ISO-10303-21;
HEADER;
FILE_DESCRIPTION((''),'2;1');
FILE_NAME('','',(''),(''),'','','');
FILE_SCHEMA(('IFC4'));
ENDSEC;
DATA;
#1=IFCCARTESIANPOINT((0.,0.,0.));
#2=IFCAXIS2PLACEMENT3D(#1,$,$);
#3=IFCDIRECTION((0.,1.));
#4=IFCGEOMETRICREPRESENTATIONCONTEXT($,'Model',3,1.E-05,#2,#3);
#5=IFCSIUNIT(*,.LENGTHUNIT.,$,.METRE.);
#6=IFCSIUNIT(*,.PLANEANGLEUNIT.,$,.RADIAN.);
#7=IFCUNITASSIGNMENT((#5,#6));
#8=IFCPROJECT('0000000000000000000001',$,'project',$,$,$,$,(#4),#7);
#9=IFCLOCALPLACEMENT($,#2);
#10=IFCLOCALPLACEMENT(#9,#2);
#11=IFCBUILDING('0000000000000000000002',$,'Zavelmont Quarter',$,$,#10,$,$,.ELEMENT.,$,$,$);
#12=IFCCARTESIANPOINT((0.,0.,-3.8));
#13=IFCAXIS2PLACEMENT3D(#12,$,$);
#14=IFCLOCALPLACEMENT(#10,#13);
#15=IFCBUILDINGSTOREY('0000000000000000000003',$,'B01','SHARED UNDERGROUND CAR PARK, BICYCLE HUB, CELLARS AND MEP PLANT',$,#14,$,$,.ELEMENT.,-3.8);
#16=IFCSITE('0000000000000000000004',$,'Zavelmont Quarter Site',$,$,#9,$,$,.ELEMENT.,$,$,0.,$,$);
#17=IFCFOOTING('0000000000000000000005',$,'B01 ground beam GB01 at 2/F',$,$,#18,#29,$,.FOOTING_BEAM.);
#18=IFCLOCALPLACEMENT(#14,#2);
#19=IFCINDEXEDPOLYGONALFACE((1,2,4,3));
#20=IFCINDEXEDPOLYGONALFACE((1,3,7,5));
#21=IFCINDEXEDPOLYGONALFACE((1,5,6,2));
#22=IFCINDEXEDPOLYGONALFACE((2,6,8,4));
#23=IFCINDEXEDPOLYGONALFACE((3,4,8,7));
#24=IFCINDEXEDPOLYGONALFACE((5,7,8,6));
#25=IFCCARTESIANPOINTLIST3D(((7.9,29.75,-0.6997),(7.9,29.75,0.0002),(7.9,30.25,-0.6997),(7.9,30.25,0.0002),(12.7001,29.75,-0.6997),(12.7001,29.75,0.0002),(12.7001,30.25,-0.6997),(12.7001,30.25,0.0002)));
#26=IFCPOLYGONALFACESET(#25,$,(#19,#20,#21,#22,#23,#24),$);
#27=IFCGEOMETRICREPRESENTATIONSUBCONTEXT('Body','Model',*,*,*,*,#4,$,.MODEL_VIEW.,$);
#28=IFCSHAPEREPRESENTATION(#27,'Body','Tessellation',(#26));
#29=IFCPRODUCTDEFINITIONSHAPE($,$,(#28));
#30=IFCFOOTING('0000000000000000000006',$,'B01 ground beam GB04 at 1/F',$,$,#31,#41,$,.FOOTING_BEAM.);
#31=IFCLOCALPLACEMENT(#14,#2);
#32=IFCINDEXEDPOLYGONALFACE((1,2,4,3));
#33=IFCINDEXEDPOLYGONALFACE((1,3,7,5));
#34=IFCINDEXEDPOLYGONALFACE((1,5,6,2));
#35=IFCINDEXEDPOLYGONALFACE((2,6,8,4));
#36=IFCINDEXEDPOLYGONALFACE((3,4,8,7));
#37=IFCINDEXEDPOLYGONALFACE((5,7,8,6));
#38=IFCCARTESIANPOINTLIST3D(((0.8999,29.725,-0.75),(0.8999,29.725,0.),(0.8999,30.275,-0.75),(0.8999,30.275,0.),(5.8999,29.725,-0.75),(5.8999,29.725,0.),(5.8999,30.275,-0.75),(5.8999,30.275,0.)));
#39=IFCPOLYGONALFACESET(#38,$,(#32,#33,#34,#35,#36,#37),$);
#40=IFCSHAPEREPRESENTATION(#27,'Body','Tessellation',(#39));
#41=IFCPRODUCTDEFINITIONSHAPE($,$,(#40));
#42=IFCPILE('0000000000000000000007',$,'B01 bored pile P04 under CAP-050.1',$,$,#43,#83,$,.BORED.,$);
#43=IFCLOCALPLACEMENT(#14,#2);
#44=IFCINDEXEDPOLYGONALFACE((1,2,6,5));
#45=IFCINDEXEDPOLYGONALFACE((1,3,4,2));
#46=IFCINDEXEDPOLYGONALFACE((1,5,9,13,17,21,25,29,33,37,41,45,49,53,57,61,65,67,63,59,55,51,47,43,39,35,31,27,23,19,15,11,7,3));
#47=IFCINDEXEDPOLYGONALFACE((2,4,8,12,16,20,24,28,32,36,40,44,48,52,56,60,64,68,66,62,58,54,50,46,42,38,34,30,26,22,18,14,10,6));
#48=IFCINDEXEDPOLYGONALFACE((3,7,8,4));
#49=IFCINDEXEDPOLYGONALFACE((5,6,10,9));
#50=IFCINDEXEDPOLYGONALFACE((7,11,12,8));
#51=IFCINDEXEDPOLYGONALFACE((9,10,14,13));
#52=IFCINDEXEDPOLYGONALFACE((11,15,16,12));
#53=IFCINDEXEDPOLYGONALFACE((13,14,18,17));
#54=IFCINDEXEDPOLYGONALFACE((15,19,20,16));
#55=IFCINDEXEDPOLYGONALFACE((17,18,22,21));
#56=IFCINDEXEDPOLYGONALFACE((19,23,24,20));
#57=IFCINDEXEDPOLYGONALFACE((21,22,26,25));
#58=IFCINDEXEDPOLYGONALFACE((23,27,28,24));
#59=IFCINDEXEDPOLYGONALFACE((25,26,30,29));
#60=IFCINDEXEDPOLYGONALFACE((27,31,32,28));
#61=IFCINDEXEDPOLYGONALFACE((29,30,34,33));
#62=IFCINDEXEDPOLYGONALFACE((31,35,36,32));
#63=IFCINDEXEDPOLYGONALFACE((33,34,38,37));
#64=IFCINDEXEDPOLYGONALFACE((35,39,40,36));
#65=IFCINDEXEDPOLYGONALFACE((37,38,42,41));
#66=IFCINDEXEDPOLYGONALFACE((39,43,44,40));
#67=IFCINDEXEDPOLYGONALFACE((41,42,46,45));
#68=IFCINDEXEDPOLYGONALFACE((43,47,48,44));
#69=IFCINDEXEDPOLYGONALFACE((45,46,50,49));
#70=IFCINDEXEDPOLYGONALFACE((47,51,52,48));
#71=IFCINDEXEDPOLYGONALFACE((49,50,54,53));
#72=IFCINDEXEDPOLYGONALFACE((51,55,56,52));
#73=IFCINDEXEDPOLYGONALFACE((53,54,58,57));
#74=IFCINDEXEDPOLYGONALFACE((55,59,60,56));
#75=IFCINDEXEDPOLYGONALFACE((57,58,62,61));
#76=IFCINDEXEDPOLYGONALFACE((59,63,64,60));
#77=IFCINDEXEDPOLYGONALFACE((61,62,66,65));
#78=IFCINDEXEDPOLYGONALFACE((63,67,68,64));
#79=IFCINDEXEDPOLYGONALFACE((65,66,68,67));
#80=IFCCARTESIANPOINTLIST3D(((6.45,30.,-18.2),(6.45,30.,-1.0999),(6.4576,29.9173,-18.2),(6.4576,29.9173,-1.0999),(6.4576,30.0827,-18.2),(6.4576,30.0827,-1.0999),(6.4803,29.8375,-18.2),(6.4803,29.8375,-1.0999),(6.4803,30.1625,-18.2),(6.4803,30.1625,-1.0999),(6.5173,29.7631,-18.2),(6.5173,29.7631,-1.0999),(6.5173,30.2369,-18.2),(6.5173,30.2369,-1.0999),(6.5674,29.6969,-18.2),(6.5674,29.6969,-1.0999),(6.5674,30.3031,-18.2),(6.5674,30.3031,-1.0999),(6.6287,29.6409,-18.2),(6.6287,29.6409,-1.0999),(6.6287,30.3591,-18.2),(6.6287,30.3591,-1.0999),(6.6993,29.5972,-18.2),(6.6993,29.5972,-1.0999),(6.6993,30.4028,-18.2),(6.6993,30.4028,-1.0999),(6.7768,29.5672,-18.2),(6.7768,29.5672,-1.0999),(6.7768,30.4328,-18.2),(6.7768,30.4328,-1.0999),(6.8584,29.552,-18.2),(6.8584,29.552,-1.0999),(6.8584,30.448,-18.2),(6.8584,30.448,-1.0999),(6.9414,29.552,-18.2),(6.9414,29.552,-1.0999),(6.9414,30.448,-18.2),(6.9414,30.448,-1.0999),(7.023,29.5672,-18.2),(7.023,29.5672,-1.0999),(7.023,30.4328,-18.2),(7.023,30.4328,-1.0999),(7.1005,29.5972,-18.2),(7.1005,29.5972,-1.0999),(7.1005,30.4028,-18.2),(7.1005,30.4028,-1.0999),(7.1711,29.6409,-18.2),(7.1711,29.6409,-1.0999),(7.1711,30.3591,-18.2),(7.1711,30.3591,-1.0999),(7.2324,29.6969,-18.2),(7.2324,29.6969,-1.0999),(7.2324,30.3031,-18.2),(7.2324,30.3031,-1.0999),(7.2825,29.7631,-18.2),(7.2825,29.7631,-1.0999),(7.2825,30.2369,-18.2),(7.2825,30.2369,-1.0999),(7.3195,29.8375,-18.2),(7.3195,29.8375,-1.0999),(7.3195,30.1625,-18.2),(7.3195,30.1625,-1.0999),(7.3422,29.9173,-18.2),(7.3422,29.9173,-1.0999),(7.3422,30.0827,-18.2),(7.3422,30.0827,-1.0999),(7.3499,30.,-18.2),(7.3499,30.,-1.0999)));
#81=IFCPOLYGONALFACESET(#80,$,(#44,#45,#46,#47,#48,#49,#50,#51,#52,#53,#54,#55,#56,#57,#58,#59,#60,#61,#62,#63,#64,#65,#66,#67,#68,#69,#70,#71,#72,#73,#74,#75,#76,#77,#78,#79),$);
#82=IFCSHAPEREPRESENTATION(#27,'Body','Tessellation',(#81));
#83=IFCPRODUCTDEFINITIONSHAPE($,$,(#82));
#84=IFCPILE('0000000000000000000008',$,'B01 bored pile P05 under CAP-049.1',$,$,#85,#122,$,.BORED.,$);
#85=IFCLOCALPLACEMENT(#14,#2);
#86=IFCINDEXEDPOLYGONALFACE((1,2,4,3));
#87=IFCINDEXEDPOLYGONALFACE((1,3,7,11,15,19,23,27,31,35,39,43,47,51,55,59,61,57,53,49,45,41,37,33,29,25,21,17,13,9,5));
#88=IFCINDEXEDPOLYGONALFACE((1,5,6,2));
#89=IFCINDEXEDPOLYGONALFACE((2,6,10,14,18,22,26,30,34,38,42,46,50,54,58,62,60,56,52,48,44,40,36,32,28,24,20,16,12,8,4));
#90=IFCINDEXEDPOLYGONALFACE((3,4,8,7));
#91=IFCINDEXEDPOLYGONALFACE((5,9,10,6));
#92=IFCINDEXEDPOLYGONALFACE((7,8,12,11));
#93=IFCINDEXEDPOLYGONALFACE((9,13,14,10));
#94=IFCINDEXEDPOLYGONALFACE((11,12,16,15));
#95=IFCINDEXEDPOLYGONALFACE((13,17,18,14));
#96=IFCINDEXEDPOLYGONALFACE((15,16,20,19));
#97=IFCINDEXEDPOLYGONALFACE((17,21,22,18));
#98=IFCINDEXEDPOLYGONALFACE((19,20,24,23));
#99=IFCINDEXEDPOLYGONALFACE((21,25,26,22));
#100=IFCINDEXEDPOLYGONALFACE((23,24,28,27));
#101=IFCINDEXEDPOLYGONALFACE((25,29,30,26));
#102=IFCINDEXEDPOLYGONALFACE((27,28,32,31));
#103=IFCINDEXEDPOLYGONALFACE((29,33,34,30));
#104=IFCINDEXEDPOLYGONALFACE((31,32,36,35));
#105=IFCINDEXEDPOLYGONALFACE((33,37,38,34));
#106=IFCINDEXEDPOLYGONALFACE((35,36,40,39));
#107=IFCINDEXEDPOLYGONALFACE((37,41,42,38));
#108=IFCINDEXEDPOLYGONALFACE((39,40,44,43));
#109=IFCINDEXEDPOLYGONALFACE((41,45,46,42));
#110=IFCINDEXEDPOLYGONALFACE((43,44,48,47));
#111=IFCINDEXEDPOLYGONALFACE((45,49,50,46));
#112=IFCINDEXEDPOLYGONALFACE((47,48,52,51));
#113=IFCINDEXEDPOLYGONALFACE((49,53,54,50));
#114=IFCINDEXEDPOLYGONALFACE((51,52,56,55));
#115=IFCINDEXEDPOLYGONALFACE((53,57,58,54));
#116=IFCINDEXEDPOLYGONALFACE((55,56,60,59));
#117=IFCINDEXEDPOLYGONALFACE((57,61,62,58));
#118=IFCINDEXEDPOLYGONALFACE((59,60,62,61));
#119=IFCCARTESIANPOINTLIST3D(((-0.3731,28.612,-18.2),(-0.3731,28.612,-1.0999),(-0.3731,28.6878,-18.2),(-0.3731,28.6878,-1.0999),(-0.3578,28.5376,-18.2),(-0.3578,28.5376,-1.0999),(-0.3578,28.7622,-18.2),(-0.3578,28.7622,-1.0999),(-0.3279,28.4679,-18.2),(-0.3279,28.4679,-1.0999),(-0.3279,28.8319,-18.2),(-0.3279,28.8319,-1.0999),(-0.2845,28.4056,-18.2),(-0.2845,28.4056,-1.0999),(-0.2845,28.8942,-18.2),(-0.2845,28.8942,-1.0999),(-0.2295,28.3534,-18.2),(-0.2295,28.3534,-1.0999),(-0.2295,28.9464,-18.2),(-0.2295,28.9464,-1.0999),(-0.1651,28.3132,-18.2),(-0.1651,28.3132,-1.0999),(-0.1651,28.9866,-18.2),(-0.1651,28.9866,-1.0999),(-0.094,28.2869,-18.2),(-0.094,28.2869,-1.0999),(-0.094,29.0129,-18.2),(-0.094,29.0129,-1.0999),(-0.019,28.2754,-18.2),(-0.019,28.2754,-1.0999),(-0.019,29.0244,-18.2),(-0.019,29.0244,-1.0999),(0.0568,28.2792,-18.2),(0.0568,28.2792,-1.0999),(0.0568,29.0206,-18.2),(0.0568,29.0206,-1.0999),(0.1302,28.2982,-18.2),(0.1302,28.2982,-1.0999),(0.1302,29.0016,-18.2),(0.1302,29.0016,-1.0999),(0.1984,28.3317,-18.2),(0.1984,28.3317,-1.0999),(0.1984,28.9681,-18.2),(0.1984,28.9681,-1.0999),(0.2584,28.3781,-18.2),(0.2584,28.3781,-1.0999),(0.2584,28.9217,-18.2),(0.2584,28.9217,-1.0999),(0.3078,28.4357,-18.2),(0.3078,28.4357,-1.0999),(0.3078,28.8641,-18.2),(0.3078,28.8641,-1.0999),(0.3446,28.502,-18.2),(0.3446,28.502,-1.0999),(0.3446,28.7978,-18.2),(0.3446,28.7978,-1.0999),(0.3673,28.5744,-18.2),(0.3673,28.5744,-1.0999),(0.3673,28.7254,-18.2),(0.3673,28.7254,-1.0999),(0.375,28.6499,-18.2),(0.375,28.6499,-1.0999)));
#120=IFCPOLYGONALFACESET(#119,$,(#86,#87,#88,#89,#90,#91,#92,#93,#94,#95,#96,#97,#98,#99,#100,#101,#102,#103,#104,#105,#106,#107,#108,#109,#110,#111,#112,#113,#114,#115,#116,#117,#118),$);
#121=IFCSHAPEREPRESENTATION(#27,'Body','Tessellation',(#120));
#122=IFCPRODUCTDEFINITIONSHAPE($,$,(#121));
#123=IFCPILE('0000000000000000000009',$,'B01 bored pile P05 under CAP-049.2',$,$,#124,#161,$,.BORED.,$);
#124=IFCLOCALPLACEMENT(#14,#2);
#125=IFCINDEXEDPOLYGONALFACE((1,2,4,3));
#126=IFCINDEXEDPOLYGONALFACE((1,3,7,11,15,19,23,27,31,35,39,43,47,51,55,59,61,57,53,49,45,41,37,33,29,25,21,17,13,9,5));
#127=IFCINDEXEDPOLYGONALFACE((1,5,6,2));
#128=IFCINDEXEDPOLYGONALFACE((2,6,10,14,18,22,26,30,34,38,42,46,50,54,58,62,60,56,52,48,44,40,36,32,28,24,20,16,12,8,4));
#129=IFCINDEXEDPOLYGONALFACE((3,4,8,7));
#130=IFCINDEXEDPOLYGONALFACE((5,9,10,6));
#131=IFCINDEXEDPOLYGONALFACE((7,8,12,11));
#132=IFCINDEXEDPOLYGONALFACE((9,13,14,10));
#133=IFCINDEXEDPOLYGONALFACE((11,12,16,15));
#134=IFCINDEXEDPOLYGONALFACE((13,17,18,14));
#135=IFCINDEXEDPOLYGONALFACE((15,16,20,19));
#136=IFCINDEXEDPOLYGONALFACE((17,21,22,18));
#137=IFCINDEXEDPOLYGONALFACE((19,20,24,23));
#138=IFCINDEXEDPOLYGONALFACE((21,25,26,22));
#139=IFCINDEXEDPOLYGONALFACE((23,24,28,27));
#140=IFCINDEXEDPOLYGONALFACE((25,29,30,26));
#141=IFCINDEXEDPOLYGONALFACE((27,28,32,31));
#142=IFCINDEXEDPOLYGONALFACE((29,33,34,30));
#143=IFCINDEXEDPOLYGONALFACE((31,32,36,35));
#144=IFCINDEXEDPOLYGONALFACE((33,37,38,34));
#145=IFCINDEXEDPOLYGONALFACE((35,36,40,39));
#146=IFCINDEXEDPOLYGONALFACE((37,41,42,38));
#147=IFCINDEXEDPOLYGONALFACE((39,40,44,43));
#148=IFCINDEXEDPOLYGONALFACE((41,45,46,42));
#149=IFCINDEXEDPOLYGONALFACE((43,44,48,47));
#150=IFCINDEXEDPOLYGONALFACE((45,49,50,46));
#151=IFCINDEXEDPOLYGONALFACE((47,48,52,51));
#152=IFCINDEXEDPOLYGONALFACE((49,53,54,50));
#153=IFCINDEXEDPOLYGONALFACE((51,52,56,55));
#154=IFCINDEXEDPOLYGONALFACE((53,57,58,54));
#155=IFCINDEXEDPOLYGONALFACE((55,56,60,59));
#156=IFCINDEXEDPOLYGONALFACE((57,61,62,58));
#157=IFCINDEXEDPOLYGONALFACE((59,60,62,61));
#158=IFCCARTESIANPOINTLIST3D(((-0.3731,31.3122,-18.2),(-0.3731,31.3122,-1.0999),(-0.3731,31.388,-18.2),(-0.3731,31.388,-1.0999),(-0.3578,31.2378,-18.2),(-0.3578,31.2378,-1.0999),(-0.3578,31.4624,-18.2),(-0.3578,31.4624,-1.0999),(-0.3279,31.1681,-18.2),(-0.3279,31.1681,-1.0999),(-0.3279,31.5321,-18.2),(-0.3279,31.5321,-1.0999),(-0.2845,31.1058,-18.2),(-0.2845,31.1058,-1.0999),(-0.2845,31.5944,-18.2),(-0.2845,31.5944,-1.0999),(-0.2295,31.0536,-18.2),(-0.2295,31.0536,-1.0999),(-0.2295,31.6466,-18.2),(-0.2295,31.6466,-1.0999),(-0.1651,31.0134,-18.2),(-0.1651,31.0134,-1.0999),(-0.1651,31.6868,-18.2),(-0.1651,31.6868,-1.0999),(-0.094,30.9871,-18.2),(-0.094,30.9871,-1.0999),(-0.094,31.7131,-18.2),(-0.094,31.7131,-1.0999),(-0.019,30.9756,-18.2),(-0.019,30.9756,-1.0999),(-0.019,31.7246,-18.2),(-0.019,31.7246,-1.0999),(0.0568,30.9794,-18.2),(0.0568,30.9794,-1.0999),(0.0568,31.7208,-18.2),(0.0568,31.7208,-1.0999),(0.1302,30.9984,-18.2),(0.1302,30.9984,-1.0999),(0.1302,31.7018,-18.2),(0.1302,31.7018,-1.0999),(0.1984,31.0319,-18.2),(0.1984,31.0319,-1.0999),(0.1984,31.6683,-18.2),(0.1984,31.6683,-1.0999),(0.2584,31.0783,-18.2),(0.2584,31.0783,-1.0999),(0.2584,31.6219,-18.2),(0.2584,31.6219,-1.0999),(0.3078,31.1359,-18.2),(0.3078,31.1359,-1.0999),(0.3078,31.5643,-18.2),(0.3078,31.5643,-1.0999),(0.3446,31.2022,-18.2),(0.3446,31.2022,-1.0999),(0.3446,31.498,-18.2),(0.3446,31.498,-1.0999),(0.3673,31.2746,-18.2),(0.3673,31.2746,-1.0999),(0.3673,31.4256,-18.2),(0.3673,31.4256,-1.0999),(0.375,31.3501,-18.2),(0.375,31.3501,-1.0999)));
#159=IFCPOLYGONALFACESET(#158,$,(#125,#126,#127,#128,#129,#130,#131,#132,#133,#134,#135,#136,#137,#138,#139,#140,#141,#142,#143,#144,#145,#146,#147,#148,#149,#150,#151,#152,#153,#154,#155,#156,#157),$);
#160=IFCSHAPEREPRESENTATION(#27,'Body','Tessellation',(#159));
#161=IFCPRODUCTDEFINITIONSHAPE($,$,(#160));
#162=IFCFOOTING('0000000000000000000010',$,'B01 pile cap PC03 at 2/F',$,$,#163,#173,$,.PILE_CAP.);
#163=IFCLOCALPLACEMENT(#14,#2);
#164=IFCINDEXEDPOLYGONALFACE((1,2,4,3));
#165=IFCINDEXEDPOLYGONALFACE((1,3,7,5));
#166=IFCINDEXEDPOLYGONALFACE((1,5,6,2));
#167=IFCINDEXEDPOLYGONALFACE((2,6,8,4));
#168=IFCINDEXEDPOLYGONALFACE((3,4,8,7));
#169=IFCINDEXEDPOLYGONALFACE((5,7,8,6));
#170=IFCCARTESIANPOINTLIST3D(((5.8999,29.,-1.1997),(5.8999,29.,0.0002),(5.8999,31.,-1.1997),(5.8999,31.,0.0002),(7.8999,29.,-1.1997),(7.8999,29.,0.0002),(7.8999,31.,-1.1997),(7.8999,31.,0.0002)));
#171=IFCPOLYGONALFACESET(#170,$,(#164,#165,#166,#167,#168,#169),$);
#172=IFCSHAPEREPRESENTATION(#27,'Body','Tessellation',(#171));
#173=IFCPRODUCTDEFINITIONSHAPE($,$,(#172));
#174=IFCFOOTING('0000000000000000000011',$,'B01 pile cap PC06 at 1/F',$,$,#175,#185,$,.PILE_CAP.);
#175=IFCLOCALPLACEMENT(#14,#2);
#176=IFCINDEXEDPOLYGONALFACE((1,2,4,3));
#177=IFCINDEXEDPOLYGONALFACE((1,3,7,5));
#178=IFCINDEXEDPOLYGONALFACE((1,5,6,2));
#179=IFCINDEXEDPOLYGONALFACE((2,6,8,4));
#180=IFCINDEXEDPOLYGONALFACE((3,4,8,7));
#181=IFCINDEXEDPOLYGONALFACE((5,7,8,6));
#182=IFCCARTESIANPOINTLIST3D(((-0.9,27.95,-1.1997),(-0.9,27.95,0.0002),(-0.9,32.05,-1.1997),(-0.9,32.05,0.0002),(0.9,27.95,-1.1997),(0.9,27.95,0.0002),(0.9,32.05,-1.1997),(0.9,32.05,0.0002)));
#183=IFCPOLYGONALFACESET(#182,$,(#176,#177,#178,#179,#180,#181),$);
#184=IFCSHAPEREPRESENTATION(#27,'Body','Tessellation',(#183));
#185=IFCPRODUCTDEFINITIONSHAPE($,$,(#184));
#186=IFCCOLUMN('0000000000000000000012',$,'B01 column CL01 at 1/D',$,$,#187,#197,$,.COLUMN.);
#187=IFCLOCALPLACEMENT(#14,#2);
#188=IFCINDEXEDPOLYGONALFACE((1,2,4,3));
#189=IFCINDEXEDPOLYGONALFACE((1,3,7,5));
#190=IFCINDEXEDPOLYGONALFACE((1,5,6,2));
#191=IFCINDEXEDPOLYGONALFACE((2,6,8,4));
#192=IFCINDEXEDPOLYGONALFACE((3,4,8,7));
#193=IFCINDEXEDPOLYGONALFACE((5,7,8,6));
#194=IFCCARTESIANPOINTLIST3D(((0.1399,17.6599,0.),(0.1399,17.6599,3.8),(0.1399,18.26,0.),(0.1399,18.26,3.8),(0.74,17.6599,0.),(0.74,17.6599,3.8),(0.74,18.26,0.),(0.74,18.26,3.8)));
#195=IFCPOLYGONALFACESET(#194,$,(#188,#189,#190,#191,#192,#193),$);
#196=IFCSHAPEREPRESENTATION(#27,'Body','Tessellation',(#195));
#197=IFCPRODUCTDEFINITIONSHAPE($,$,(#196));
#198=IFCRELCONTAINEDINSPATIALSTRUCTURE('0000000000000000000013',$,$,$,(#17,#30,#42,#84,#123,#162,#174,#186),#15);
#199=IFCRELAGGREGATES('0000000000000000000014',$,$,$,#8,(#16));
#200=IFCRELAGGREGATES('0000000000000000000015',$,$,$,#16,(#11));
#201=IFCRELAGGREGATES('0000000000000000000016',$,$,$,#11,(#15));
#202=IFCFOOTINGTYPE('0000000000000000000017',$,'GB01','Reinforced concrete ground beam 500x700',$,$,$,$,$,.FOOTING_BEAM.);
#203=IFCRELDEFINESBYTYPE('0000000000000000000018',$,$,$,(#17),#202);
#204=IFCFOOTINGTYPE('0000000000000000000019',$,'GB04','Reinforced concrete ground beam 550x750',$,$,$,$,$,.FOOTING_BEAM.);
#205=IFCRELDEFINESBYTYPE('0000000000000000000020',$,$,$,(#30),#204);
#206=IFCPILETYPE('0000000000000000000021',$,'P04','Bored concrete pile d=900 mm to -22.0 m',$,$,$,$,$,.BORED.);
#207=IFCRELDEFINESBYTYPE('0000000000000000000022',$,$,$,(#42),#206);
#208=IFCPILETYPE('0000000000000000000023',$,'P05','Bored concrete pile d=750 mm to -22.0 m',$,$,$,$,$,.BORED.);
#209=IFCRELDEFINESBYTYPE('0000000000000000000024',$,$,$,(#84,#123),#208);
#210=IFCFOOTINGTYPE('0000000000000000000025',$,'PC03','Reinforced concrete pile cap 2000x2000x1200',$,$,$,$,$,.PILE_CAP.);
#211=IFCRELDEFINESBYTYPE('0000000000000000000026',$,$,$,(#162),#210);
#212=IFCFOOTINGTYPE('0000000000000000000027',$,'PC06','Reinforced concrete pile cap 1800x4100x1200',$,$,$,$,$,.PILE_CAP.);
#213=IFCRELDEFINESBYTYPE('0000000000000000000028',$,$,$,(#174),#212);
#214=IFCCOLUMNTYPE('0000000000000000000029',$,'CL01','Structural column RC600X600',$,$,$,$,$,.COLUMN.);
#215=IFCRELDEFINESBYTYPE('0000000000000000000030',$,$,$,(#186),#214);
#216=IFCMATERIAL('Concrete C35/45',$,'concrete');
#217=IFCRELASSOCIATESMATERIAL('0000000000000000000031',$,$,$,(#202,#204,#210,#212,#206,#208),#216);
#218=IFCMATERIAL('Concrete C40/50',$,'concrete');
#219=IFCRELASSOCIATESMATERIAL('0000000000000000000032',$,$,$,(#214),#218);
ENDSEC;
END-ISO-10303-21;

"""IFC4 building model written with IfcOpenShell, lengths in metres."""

from ifc_helpers import new_model, si_unit, direction, frame, origin, origin_2d, place, context, subcontext, project, spatial, rectangle, circle, extrude, material, material_profile, profile_set, type_object, element, save


model = new_model("IFC4")

# Units and contexts
model_context = context("Model", 3, precision=1e-05, world=origin(), true_north=direction((0.0, 1.0)))
body_context = subcontext(model_context, "Body", "Model", "MODEL_VIEW")
ifc_project = project(units=[si_unit("LENGTHUNIT", "METRE"), si_unit("PLANEANGLEUNIT", "RADIAN")], contexts=[model_context])

# Site, building, storey
site_placement = place(None, origin())
site = spatial("IfcSite", under=ifc_project, at=site_placement, Name="Zavelmont Quarter Site", CompositionType="ELEMENT", RefElevation=0.0)
building_placement = place(site_placement, origin())
building = spatial("IfcBuilding", under=site, at=building_placement, Name="Zavelmont Quarter", CompositionType="ELEMENT")
storey_placement = place(building_placement, frame((0.0, 0.0, -3.8)))
storey = spatial("IfcBuildingStorey", under=building, at=storey_placement, Name="B01", Description="SHARED UNDERGROUND CAR PARK, BICYCLE HUB, CELLARS AND MEP PLANT", CompositionType="ELEMENT", Elevation=-3.8)

# Footings
ifc_material_1 = material(Name="Concrete C35/45", Category="concrete")
footing_type_1 = type_object("IfcFootingType", Name="GB01", Description="Reinforced concrete ground beam 500x700", PredefinedType="FOOTING_BEAM", material=ifc_material_1)
footing_1_placement = place(storey_placement, frame((10.3, 30.0, -0.6997), z_axis=(0.0, 0.0, 1.0), x_axis=(1.0, 0.0, 0.0)))
element("IfcFooting", 1, at=footing_1_placement, inside=storey, type_object=footing_type_1, Name="B01 ground beam GB01 at 2/F", PredefinedType="FOOTING_BEAM", context=body_context, shape_type="SweptSolid", body=[
    extrude(rectangle(XDim=4.8, YDim=0.5, at=origin_2d()), origin(), (0.0, 0.0, 1.0), 0.7),
])
footing_type_2 = type_object("IfcFootingType", Name="GB04", Description="Reinforced concrete ground beam 550x750", PredefinedType="FOOTING_BEAM", material=ifc_material_1)
footing_2_placement = place(storey_placement, frame((3.3999, 30.0, -0.75), z_axis=(0.0, 0.0, 1.0), x_axis=(1.0, 0.0, 0.0)))
element("IfcFooting", 2, at=footing_2_placement, inside=storey, type_object=footing_type_2, Name="B01 ground beam GB04 at 1/F", PredefinedType="FOOTING_BEAM", context=body_context, shape_type="SweptSolid", body=[
    extrude(rectangle(XDim=5.0, YDim=0.55, at=origin_2d()), origin(), (0.0, 0.0, 1.0), 0.75),
])

# Piles
ifc_material_profile_1 = material_profile(ifc_material_1, circle(Radius=0.45, at=origin_2d()), Name="BP900")
ifc_profile_set_1 = profile_set([ifc_material_profile_1], Name="Concrete C35/45")
pile_type_1 = type_object("IfcPileType", Name="P04", Description="Bored concrete pile d=900 mm to -22.0 m", PredefinedType="BORED", material=ifc_profile_set_1)
pile_placement = place(storey_placement, frame((6.8999, 30.0, -1.0999), z_axis=(0.0, 0.0, -1.0), x_axis=(1.0, 0.0, 0.0)))
element("IfcPile", 3, at=pile_placement, inside=storey, type_object=pile_type_1, Name="B01 bored pile P04 under CAP-050.1", PredefinedType="BORED", context=body_context, shape_type="SweptSolid", body=[
    extrude(circle(Radius=0.45, at=origin_2d()), origin(), (0.0, 0.0, 1.0), 17.1001),
])
ifc_material_profile_2 = material_profile(ifc_material_1, circle(Radius=0.375, at=origin_2d()), Name="BP750")
ifc_profile_set_2 = profile_set([ifc_material_profile_2], Name="Concrete C35/45")
pile_type_2 = type_object("IfcPileType", Name="P05", Description="Bored concrete pile d=750 mm to -22.0 m", PredefinedType="BORED", material=ifc_profile_set_2)
for number, where, z_axis, x_axis, name in (
    (4, (0.0, 28.6499, -1.0999), (0.0, 0.0, -1.0), (1.0, 0.0, 0.0), "B01 bored pile P05 under CAP-049.1"),
    (5, (0.0, 31.3501, -1.0999), (0.0, 0.0, -1.0), (1.0, 0.0, 0.0), "B01 bored pile P05 under CAP-049.2"),
):
    element("IfcPile", number, at=place(storey_placement, frame(where, z_axis=z_axis, x_axis=x_axis)), inside=storey, type_object=pile_type_2, Name=name, PredefinedType="BORED", context=body_context, shape_type="SweptSolid", body=[
        extrude(circle(Radius=0.375, at=origin_2d()), origin(), (0.0, 0.0, 1.0), 17.1001),
    ])

# Footings
footing_type_3 = type_object("IfcFootingType", Name="PC03", Description="Reinforced concrete pile cap 2000x2000x1200", PredefinedType="PILE_CAP", material=ifc_material_1)
footing_3_placement = place(storey_placement, frame((6.8999, 30.0, -1.1997), z_axis=(0.0, 0.0, 1.0), x_axis=(1.0, 0.0, 0.0)))
element("IfcFooting", 6, at=footing_3_placement, inside=storey, type_object=footing_type_3, Name="B01 pile cap PC03 at 2/F", PredefinedType="PILE_CAP", context=body_context, shape_type="SweptSolid", body=[
    extrude(rectangle(XDim=2.0, YDim=2.0, at=origin_2d()), origin(), (0.0, 0.0, 1.0), 1.2),
])
footing_type_4 = type_object("IfcFootingType", Name="PC06", Description="Reinforced concrete pile cap 1800x4100x1200", PredefinedType="PILE_CAP", material=ifc_material_1)
footing_4_placement = place(storey_placement, frame((0.0, 30.0, -1.1997), z_axis=(0.0, 0.0, 1.0), x_axis=(1.0, 0.0, 0.0)))
element("IfcFooting", 7, at=footing_4_placement, inside=storey, type_object=footing_type_4, Name="B01 pile cap PC06 at 1/F", PredefinedType="PILE_CAP", context=body_context, shape_type="SweptSolid", body=[
    extrude(rectangle(XDim=1.8, YDim=4.1001, at=origin_2d()), origin(), (0.0, 0.0, 1.0), 1.2),
])

# Column
ifc_material_2 = material(Name="Concrete C40/50", Category="concrete")
ifc_material_profile_3 = material_profile(ifc_material_2, rectangle(XDim=0.6001, YDim=0.6001, at=origin_2d()), Name="RC600X600")
ifc_profile_set_3 = profile_set([ifc_material_profile_3], Name="Concrete C40/50")
column_type_1 = type_object("IfcColumnType", Name="CL01", Description="Structural column RC600X600", PredefinedType="COLUMN", material=ifc_profile_set_3)
for number, where, z_axis, x_axis, name in (
    (8, (0.4399, 17.96, 0.0), (0.0, 0.0, 1.0), (1.0, 0.0, 0.0), "B01 column CL01 at 1/D"),
):
    element("IfcColumn", number, at=place(storey_placement, frame(where, z_axis=z_axis, x_axis=x_axis)), inside=storey, type_object=column_type_1, Name=name, PredefinedType="COLUMN", context=body_context, shape_type="SweptSolid", body=[
        extrude(rectangle(XDim=0.6001, YDim=0.6001, at=origin_2d()), origin(), (0.0, 0.0, 1.0), 3.8),
    ])

save(model, "model.ifc")
